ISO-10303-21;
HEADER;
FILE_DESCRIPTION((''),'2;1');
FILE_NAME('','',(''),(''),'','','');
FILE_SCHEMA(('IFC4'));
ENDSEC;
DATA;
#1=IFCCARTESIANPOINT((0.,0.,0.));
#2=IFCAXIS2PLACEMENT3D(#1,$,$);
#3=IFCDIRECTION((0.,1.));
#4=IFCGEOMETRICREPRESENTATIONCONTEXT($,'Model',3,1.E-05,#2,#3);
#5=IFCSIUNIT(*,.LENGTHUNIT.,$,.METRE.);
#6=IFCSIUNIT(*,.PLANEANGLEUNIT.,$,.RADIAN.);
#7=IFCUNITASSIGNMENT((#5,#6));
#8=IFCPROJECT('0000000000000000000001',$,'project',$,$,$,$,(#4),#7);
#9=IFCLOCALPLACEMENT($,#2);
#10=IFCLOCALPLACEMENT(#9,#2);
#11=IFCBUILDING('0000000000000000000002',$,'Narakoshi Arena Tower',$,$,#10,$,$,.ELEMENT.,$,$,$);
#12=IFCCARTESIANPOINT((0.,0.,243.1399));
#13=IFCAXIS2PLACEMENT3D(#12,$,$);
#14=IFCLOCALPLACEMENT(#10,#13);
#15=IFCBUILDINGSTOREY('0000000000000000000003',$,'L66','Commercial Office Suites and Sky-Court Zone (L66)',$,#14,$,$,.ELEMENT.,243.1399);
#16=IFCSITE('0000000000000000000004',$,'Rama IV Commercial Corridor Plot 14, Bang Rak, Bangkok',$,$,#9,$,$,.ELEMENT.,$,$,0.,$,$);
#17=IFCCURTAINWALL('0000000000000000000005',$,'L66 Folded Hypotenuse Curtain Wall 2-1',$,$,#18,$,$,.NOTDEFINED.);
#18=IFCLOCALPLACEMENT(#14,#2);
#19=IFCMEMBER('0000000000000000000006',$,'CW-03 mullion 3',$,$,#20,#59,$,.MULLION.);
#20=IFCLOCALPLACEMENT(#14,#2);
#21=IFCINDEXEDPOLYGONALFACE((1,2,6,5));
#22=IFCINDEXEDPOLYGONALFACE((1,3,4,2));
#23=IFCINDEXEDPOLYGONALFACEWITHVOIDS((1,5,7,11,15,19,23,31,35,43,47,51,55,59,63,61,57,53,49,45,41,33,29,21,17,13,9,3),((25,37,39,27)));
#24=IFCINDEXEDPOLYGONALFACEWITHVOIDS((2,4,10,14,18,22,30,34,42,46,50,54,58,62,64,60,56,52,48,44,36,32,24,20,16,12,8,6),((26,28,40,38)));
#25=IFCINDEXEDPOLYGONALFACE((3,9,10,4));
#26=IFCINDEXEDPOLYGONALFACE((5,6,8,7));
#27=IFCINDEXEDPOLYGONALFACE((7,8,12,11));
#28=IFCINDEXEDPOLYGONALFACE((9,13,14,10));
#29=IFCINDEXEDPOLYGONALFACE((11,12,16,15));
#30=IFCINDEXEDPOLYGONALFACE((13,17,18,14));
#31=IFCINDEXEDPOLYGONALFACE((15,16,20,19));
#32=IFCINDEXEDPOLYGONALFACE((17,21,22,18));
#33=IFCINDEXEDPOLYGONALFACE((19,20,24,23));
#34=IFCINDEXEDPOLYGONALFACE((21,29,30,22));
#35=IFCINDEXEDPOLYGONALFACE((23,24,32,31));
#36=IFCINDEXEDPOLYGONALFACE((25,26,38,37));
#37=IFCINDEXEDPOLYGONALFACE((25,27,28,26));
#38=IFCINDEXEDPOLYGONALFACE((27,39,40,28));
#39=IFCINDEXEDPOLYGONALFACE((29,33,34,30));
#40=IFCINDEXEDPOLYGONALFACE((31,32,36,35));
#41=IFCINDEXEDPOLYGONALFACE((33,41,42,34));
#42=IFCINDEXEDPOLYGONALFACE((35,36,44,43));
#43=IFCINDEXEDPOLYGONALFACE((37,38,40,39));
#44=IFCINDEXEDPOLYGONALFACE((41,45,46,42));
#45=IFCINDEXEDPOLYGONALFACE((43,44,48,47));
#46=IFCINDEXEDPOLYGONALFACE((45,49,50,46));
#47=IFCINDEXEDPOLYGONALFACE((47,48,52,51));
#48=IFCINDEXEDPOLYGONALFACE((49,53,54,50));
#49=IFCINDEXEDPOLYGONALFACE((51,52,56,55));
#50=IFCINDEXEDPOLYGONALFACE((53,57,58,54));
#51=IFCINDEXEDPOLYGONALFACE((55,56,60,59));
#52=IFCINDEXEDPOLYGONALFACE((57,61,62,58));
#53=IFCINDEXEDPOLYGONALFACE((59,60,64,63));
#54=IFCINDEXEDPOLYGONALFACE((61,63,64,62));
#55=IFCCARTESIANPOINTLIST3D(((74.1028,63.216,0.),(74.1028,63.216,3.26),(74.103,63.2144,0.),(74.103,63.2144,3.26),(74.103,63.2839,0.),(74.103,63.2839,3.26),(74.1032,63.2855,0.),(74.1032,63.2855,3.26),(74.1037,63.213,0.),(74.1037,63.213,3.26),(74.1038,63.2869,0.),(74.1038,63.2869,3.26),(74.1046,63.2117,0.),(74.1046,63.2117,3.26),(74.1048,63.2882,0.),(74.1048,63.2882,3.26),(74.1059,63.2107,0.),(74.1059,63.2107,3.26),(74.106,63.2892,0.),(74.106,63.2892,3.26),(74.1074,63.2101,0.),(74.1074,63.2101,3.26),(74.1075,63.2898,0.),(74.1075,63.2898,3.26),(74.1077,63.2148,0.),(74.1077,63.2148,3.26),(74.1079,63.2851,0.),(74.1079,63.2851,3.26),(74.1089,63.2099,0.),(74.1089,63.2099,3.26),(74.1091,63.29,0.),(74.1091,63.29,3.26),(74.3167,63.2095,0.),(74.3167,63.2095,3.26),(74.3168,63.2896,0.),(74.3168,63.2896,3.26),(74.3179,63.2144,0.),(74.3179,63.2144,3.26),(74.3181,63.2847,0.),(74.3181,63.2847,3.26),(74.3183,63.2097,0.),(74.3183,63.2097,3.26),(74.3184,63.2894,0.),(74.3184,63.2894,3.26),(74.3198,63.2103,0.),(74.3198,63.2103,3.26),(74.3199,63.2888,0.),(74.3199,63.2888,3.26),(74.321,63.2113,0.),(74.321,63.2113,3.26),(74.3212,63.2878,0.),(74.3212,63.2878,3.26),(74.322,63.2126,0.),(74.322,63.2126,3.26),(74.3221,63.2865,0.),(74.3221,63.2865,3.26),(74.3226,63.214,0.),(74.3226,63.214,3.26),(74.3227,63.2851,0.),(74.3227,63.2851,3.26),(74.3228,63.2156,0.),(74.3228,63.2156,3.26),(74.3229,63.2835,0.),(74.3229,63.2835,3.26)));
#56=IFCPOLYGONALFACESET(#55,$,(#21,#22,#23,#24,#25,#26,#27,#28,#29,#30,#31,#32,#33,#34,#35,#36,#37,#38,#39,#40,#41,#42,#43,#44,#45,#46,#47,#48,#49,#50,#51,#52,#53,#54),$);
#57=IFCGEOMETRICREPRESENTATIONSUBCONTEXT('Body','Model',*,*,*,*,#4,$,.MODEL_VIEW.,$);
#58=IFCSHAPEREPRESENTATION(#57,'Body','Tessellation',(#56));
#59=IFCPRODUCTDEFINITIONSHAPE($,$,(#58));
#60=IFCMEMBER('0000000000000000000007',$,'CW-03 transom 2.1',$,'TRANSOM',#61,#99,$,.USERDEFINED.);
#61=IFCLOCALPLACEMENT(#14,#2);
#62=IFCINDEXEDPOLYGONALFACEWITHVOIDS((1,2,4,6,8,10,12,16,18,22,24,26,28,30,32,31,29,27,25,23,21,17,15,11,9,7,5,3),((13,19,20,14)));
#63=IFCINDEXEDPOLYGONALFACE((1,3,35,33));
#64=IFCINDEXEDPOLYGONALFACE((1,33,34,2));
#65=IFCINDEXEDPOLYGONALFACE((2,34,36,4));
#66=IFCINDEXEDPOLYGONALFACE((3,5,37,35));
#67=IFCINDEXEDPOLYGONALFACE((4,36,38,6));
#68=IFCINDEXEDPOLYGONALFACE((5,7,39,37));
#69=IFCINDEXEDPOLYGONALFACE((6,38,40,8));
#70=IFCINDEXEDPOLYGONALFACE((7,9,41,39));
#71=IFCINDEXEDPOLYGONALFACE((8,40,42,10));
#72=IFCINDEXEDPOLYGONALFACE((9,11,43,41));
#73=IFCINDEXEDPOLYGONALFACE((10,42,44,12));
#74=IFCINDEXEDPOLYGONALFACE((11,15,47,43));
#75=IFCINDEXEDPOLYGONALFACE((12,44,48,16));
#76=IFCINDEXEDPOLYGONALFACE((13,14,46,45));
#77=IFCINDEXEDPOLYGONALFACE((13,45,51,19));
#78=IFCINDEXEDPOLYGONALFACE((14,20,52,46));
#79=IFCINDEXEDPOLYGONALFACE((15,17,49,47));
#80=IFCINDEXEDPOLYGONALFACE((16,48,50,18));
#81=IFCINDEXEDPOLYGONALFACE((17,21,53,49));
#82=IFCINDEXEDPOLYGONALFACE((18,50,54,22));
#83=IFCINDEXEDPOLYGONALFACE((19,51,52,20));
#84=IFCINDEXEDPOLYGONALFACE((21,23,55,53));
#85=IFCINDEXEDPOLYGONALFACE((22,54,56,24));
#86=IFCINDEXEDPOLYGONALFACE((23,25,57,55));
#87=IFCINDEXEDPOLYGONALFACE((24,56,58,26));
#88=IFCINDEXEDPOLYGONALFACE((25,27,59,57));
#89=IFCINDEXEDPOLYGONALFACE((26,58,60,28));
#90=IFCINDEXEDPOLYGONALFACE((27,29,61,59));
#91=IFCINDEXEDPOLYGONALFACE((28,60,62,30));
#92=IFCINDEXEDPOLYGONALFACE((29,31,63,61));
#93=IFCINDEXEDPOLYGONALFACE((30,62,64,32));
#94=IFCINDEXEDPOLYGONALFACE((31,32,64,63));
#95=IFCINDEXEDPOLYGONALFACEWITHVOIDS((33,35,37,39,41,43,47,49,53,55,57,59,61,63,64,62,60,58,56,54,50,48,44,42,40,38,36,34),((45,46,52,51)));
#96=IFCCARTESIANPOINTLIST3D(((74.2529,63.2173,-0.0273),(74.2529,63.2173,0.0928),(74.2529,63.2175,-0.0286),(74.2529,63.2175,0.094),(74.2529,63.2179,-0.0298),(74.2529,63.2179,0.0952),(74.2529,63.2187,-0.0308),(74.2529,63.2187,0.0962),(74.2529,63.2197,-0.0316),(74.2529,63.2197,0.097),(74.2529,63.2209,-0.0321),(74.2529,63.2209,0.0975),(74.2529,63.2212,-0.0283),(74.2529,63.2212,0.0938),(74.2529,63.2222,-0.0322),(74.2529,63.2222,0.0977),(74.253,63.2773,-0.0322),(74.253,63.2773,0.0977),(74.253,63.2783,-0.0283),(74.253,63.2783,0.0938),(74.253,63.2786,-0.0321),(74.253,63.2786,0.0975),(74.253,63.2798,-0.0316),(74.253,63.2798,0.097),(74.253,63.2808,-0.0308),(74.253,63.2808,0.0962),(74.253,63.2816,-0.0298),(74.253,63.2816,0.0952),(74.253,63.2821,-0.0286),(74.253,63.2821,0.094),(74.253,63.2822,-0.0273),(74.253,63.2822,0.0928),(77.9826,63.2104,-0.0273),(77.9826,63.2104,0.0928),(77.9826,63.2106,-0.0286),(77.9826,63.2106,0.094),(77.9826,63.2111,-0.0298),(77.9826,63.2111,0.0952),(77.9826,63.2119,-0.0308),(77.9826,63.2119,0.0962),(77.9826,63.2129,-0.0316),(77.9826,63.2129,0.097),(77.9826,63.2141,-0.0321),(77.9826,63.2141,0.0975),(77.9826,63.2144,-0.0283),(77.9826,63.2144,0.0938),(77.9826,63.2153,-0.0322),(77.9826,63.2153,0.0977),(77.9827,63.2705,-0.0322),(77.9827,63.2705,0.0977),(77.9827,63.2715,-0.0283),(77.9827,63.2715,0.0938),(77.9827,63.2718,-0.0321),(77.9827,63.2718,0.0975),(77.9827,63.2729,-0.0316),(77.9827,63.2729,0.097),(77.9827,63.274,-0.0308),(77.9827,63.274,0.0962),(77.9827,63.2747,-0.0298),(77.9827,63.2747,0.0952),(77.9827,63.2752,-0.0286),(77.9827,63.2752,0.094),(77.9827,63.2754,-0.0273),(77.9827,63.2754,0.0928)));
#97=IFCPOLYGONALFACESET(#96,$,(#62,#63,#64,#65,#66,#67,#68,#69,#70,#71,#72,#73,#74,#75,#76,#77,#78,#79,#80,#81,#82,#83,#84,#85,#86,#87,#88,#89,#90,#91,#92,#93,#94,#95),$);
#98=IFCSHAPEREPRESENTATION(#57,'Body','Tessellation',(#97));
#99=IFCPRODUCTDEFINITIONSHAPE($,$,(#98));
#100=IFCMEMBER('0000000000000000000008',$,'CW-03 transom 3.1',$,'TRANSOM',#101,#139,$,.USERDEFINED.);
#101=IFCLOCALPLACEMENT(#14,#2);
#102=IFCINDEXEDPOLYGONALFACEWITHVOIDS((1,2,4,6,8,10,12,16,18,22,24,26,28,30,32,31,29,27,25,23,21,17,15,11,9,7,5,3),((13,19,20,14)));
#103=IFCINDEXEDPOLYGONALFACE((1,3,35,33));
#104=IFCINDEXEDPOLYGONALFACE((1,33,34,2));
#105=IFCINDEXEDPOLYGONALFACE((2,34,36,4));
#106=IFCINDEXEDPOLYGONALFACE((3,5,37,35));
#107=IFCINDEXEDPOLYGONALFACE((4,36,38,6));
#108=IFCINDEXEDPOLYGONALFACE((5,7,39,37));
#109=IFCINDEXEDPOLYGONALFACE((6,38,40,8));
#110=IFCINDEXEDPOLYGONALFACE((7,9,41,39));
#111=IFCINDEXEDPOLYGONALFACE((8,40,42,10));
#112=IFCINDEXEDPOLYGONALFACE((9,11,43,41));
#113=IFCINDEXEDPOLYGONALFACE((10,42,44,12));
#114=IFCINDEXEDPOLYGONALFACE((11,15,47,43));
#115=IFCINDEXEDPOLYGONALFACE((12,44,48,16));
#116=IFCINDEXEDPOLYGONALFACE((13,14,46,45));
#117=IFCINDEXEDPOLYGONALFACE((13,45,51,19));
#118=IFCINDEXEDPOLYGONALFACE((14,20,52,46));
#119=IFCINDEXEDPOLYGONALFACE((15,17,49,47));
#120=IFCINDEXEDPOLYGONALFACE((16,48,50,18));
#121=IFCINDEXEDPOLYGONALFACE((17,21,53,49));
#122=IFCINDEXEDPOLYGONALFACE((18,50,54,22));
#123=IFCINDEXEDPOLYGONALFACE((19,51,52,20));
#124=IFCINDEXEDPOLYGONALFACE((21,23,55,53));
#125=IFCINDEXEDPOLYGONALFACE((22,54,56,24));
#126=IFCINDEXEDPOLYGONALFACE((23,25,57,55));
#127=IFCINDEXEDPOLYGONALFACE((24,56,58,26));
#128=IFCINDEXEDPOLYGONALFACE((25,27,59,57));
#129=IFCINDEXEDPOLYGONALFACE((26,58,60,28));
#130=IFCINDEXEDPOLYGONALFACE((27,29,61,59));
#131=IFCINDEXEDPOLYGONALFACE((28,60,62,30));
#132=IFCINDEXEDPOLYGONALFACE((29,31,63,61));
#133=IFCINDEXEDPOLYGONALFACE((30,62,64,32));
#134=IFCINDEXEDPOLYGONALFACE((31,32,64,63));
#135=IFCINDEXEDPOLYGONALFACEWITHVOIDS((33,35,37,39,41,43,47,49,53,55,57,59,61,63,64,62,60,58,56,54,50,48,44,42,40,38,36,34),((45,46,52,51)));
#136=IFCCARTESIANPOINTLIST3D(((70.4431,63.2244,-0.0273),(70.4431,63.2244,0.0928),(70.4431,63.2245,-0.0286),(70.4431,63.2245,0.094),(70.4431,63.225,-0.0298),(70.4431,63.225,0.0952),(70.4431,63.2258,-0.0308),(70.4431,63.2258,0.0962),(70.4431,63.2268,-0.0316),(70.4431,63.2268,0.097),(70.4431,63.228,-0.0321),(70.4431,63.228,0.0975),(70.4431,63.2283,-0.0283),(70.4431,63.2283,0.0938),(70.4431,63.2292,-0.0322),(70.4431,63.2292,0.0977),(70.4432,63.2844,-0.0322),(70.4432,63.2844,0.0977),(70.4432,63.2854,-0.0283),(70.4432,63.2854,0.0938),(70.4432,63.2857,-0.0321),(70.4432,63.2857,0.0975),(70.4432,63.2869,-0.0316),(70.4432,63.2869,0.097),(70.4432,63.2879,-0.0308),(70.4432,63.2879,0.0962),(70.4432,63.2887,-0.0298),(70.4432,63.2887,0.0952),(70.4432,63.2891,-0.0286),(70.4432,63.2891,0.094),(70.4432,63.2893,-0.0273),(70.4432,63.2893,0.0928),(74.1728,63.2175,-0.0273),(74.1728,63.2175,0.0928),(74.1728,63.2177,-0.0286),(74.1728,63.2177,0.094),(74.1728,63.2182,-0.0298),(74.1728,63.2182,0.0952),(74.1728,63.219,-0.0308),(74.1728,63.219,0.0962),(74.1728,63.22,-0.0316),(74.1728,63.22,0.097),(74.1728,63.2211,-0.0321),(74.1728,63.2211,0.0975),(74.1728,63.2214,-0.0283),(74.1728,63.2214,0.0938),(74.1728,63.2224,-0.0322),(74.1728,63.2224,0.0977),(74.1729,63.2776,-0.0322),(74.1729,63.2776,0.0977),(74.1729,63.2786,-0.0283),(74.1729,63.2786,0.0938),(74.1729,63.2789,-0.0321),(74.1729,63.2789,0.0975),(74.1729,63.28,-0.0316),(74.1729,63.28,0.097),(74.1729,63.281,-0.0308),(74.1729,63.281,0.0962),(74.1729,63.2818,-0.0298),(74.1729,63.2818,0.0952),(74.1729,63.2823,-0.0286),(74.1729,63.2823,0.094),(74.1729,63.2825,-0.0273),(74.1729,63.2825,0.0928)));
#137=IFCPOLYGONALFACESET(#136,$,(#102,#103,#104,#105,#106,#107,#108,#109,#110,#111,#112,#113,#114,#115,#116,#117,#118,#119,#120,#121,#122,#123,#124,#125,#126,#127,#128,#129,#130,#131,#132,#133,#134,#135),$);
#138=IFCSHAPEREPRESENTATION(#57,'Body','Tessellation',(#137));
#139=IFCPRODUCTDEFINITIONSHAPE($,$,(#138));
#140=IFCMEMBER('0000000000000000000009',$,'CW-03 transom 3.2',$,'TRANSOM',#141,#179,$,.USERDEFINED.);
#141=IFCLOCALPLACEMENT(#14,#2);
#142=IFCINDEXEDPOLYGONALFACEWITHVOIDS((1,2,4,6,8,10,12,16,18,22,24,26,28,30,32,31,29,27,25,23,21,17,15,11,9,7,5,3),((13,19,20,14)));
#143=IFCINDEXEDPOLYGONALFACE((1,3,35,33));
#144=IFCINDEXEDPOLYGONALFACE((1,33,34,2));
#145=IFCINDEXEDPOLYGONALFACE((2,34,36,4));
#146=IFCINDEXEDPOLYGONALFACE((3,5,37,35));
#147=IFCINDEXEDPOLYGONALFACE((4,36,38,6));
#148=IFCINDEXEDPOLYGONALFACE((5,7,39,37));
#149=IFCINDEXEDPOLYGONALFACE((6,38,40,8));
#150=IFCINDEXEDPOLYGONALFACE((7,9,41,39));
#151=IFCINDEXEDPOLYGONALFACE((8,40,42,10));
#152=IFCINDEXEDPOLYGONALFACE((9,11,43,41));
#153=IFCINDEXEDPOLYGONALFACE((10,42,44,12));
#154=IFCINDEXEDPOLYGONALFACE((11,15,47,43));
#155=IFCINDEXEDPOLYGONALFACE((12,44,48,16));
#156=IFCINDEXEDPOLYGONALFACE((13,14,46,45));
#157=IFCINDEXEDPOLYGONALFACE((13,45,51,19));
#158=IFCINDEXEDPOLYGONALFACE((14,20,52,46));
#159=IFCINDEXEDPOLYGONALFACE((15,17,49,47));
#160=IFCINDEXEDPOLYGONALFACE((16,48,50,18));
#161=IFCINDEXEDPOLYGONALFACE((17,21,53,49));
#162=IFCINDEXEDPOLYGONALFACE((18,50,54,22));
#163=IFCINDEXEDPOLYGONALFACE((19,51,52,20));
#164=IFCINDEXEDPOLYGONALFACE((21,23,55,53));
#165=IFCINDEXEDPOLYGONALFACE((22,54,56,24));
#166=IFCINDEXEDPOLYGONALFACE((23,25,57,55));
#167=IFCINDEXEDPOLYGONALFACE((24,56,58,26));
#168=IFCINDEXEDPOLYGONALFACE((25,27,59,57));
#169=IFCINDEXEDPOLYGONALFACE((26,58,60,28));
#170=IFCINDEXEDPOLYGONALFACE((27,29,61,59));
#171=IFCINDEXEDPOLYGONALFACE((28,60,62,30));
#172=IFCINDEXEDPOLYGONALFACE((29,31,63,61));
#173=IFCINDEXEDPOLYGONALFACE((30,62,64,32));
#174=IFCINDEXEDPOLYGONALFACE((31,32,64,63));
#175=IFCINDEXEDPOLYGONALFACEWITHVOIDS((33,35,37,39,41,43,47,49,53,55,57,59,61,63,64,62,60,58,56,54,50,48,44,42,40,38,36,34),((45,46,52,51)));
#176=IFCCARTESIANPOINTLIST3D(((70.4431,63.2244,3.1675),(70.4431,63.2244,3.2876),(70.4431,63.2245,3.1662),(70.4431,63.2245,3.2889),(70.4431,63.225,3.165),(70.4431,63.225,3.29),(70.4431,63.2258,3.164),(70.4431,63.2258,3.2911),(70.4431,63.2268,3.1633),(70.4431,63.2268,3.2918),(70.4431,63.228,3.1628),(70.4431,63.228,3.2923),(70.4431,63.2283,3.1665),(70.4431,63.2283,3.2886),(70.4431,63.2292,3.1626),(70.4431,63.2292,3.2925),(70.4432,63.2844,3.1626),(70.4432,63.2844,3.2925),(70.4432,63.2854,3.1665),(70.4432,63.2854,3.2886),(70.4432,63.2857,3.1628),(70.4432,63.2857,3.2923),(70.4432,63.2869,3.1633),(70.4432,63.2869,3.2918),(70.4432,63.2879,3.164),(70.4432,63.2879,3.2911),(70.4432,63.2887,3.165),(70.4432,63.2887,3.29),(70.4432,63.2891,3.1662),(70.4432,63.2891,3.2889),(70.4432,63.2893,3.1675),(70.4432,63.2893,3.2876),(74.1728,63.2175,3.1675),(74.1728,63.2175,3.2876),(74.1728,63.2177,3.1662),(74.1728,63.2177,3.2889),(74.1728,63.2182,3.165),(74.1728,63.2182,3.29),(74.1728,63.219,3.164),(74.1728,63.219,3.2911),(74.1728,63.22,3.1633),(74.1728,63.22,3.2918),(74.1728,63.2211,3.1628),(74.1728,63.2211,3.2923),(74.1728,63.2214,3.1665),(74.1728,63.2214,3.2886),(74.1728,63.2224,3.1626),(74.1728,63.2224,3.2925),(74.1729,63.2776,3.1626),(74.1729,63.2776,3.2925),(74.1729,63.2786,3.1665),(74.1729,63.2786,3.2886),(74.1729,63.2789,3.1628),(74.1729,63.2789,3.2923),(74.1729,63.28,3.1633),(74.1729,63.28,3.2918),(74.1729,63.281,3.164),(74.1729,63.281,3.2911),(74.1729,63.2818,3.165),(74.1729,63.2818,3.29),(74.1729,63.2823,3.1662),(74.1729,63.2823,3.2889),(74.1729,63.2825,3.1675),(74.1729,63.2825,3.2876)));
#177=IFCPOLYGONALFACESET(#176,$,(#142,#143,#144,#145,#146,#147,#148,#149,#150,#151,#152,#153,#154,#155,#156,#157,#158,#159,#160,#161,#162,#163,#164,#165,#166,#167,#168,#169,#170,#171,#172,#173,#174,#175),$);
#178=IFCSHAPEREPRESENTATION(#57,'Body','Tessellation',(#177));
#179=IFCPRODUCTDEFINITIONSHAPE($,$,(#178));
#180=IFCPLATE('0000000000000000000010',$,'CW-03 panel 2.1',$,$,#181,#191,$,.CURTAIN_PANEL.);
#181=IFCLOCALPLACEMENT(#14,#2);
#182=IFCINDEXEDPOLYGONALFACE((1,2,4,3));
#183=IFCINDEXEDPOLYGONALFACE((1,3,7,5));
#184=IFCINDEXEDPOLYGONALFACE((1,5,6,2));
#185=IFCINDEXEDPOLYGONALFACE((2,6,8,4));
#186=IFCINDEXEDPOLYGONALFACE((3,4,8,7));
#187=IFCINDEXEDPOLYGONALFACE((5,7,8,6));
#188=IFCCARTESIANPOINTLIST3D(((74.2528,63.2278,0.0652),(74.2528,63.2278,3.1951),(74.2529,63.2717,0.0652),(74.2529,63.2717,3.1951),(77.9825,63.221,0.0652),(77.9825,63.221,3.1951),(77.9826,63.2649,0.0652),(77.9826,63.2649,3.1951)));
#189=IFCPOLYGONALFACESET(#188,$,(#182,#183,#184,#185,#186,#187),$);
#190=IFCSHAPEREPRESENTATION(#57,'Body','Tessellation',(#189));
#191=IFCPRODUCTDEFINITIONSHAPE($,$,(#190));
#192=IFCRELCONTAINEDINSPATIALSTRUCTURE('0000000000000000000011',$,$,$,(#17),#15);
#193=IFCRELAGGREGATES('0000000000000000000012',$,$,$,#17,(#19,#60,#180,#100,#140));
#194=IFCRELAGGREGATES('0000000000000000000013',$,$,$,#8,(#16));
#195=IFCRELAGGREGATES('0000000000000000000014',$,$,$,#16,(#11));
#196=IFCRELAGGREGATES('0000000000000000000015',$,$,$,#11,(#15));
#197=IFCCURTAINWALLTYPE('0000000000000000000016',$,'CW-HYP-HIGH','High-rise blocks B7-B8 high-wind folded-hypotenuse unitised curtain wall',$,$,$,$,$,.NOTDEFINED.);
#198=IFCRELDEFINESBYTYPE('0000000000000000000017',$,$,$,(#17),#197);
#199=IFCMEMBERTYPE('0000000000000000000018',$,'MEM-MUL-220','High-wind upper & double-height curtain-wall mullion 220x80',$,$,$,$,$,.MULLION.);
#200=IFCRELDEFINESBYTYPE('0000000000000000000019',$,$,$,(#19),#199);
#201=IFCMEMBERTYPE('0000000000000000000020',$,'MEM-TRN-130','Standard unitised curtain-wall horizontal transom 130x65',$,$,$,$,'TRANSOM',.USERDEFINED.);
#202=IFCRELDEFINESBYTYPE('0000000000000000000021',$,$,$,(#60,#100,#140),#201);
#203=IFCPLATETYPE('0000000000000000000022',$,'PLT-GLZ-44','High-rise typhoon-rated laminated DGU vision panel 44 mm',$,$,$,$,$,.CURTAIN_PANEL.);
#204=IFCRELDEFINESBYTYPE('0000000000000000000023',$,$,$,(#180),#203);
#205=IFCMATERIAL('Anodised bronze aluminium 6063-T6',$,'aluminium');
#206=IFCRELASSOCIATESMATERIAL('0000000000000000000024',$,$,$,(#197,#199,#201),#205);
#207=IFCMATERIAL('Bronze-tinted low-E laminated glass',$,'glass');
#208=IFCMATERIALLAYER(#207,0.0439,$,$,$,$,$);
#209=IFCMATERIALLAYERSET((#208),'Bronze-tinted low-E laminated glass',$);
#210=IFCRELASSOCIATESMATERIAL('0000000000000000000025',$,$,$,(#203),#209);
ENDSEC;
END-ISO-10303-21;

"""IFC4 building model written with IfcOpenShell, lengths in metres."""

from ifc_helpers import new_model, si_unit, direction, frame, origin, origin_2d, place, context, subcontext, project, spatial, rectangle, hollow_rectangle, extrude, material, layer, layer_set, material_profile, profile_set, type_object, element, aggregate, save


model = new_model("IFC4")

# Units and contexts
model_context = context("Model", 3, precision=1e-05, world=origin(), true_north=direction((0.0, 1.0)))
body_context = subcontext(model_context, "Body", "Model", "MODEL_VIEW")
ifc_project = project(units=[si_unit("LENGTHUNIT", "METRE"), si_unit("PLANEANGLEUNIT", "RADIAN")], contexts=[model_context])

# Site, building, storey
site_placement = place(None, origin())
site = spatial("IfcSite", under=ifc_project, at=site_placement, Name="Rama IV Commercial Corridor Plot 14, Bang Rak, Bangkok", CompositionType="ELEMENT", RefElevation=0.0)
building_placement = place(site_placement, origin())
building = spatial("IfcBuilding", under=site, at=building_placement, Name="Narakoshi Arena Tower", CompositionType="ELEMENT")
storey_placement = place(building_placement, frame((0.0, 0.0, 243.1399)))
storey = spatial("IfcBuildingStorey", under=building, at=storey_placement, Name="L66", Description="Commercial Office Suites and Sky-Court Zone (L66)", CompositionType="ELEMENT", Elevation=243.1399)

# Curtain wall, members, plate
ifc_material_1 = material(Name="Anodised bronze aluminium 6063-T6", Category="aluminium")
curtain_wall_type = type_object("IfcCurtainWallType", Name="CW-HYP-HIGH", Description="High-rise blocks B7-B8 high-wind folded-hypotenuse unitised curtain wall", PredefinedType="NOTDEFINED", material=ifc_material_1)
curtain_wall_placement = place(storey_placement, origin())
curtain_wall = element("IfcCurtainWall", 1, at=curtain_wall_placement, inside=storey, type_object=curtain_wall_type, Name="L66 Folded Hypotenuse Curtain Wall 2-1", PredefinedType="NOTDEFINED")
ifc_material_profile_1 = material_profile(ifc_material_1, hollow_rectangle(XDim=0.0801, YDim=0.22, WallThickness=0.0049, OuterFilletRadius=0.0061, at=origin_2d()), Name="MUL220x80x5")
ifc_profile_set_1 = profile_set([ifc_material_profile_1], Name="Anodised bronze aluminium 6063-T6")
member_type_1 = type_object("IfcMemberType", Name="MEM-MUL-220", Description="High-wind upper & double-height curtain-wall mullion 220x80", PredefinedType="MULLION", material=ifc_profile_set_1)
member_1_placement = place(storey_placement, frame((74.2129, 63.2498, 0.0), z_axis=(0.0, 0.0, 1.0), x_axis=(-0.00182, -0.999998, 0.0)))
member_1 = element("IfcMember", 2, at=member_1_placement, type_object=member_type_1, Name="CW-03 mullion 3", PredefinedType="MULLION", context=body_context, shape_type="SweptSolid", body=[
    extrude(hollow_rectangle(XDim=0.0801, YDim=0.22, WallThickness=0.0049, OuterFilletRadius=0.0061, at=origin_2d()), origin(), (0.0, 0.0, 1.0), 3.26),
])
ifc_material_profile_2 = material_profile(ifc_material_1, hollow_rectangle(XDim=0.0649, YDim=0.1299, WallThickness=0.0039, OuterFilletRadius=0.0049, at=origin_2d()), Name="TRN130x65x4")
ifc_profile_set_2 = profile_set([ifc_material_profile_2], Name="Anodised bronze aluminium 6063-T6")
member_type_2 = type_object("IfcMemberType", Name="MEM-TRN-130", Description="Standard unitised curtain-wall horizontal transom 130x65", ElementType="TRANSOM", PredefinedType="USERDEFINED", material=ifc_profile_set_2)
member_2_placement = place(storey_placement, frame((77.9827, 63.2429, 0.0327), z_axis=(-0.999998, 0.001833, 0.0), x_axis=(-0.001833, -0.999998, 0.0)))
member_2 = element("IfcMember", 3, at=member_2_placement, type_object=member_type_2, Name="CW-03 transom 2.1", ObjectType="TRANSOM", PredefinedType="USERDEFINED", context=body_context, shape_type="SweptSolid", body=[
    extrude(hollow_rectangle(XDim=0.0649, YDim=0.1299, WallThickness=0.0039, OuterFilletRadius=0.0049, at=origin_2d()), origin(), (0.0, 0.0, 1.0), 3.7297),
])
member_3_placement = place(storey_placement, frame((74.1729, 63.25, 0.0327), z_axis=(-0.999998, 0.001833, 0.0), x_axis=(-0.001833, -0.999998, 0.0)))
member_3 = element("IfcMember", 4, at=member_3_placement, type_object=member_type_2, Name="CW-03 transom 3.1", ObjectType="TRANSOM", PredefinedType="USERDEFINED", context=body_context, shape_type="SweptSolid", body=[
    extrude(hollow_rectangle(XDim=0.0649, YDim=0.1299, WallThickness=0.0039, OuterFilletRadius=0.0049, at=origin_2d()), origin(), (0.0, 0.0, 1.0), 3.7297),
])
member_4_placement = place(storey_placement, frame((74.1729, 63.25, 3.2275), z_axis=(-0.999998, 0.001833, 0.0), x_axis=(-0.001833, -0.999998, 0.0)))
member_4 = element("IfcMember", 5, at=member_4_placement, type_object=member_type_2, Name="CW-03 transom 3.2", ObjectType="TRANSOM", PredefinedType="USERDEFINED", context=body_context, shape_type="SweptSolid", body=[
    extrude(hollow_rectangle(XDim=0.0649, YDim=0.1299, WallThickness=0.0039, OuterFilletRadius=0.0049, at=origin_2d()), origin(), (0.0, 0.0, 1.0), 3.7297),
])
ifc_material_2 = material(Name="Bronze-tinted low-E laminated glass", Category="glass")
ifc_layer_1 = layer(ifc_material_2, 0.0439)
ifc_layer_set_1 = layer_set([ifc_layer_1], Name="Bronze-tinted low-E laminated glass")
plate_type = type_object("IfcPlateType", Name="PLT-GLZ-44", Description="High-rise typhoon-rated laminated DGU vision panel 44 mm", PredefinedType="CURTAIN_PANEL", material=ifc_layer_set_1)
plate_1_placement = place(storey_placement, frame((76.1177, 63.2463, 0.0652), z_axis=(0.0, 0.0, 1.0), x_axis=(-0.999998, 0.00182, 0.0)))
plate_1 = element("IfcPlate", 6, at=plate_1_placement, type_object=plate_type, Name="CW-03 panel 2.1", PredefinedType="CURTAIN_PANEL", context=body_context, shape_type="SweptSolid", body=[
    extrude(rectangle(XDim=3.7297, YDim=0.0439, at=origin_2d()), origin(), (0.0, 0.0, 1.0), 3.1299),
])
aggregate(curtain_wall, [member_1, member_2, plate_1, member_3, member_4])

save(model, "model.ifc")
